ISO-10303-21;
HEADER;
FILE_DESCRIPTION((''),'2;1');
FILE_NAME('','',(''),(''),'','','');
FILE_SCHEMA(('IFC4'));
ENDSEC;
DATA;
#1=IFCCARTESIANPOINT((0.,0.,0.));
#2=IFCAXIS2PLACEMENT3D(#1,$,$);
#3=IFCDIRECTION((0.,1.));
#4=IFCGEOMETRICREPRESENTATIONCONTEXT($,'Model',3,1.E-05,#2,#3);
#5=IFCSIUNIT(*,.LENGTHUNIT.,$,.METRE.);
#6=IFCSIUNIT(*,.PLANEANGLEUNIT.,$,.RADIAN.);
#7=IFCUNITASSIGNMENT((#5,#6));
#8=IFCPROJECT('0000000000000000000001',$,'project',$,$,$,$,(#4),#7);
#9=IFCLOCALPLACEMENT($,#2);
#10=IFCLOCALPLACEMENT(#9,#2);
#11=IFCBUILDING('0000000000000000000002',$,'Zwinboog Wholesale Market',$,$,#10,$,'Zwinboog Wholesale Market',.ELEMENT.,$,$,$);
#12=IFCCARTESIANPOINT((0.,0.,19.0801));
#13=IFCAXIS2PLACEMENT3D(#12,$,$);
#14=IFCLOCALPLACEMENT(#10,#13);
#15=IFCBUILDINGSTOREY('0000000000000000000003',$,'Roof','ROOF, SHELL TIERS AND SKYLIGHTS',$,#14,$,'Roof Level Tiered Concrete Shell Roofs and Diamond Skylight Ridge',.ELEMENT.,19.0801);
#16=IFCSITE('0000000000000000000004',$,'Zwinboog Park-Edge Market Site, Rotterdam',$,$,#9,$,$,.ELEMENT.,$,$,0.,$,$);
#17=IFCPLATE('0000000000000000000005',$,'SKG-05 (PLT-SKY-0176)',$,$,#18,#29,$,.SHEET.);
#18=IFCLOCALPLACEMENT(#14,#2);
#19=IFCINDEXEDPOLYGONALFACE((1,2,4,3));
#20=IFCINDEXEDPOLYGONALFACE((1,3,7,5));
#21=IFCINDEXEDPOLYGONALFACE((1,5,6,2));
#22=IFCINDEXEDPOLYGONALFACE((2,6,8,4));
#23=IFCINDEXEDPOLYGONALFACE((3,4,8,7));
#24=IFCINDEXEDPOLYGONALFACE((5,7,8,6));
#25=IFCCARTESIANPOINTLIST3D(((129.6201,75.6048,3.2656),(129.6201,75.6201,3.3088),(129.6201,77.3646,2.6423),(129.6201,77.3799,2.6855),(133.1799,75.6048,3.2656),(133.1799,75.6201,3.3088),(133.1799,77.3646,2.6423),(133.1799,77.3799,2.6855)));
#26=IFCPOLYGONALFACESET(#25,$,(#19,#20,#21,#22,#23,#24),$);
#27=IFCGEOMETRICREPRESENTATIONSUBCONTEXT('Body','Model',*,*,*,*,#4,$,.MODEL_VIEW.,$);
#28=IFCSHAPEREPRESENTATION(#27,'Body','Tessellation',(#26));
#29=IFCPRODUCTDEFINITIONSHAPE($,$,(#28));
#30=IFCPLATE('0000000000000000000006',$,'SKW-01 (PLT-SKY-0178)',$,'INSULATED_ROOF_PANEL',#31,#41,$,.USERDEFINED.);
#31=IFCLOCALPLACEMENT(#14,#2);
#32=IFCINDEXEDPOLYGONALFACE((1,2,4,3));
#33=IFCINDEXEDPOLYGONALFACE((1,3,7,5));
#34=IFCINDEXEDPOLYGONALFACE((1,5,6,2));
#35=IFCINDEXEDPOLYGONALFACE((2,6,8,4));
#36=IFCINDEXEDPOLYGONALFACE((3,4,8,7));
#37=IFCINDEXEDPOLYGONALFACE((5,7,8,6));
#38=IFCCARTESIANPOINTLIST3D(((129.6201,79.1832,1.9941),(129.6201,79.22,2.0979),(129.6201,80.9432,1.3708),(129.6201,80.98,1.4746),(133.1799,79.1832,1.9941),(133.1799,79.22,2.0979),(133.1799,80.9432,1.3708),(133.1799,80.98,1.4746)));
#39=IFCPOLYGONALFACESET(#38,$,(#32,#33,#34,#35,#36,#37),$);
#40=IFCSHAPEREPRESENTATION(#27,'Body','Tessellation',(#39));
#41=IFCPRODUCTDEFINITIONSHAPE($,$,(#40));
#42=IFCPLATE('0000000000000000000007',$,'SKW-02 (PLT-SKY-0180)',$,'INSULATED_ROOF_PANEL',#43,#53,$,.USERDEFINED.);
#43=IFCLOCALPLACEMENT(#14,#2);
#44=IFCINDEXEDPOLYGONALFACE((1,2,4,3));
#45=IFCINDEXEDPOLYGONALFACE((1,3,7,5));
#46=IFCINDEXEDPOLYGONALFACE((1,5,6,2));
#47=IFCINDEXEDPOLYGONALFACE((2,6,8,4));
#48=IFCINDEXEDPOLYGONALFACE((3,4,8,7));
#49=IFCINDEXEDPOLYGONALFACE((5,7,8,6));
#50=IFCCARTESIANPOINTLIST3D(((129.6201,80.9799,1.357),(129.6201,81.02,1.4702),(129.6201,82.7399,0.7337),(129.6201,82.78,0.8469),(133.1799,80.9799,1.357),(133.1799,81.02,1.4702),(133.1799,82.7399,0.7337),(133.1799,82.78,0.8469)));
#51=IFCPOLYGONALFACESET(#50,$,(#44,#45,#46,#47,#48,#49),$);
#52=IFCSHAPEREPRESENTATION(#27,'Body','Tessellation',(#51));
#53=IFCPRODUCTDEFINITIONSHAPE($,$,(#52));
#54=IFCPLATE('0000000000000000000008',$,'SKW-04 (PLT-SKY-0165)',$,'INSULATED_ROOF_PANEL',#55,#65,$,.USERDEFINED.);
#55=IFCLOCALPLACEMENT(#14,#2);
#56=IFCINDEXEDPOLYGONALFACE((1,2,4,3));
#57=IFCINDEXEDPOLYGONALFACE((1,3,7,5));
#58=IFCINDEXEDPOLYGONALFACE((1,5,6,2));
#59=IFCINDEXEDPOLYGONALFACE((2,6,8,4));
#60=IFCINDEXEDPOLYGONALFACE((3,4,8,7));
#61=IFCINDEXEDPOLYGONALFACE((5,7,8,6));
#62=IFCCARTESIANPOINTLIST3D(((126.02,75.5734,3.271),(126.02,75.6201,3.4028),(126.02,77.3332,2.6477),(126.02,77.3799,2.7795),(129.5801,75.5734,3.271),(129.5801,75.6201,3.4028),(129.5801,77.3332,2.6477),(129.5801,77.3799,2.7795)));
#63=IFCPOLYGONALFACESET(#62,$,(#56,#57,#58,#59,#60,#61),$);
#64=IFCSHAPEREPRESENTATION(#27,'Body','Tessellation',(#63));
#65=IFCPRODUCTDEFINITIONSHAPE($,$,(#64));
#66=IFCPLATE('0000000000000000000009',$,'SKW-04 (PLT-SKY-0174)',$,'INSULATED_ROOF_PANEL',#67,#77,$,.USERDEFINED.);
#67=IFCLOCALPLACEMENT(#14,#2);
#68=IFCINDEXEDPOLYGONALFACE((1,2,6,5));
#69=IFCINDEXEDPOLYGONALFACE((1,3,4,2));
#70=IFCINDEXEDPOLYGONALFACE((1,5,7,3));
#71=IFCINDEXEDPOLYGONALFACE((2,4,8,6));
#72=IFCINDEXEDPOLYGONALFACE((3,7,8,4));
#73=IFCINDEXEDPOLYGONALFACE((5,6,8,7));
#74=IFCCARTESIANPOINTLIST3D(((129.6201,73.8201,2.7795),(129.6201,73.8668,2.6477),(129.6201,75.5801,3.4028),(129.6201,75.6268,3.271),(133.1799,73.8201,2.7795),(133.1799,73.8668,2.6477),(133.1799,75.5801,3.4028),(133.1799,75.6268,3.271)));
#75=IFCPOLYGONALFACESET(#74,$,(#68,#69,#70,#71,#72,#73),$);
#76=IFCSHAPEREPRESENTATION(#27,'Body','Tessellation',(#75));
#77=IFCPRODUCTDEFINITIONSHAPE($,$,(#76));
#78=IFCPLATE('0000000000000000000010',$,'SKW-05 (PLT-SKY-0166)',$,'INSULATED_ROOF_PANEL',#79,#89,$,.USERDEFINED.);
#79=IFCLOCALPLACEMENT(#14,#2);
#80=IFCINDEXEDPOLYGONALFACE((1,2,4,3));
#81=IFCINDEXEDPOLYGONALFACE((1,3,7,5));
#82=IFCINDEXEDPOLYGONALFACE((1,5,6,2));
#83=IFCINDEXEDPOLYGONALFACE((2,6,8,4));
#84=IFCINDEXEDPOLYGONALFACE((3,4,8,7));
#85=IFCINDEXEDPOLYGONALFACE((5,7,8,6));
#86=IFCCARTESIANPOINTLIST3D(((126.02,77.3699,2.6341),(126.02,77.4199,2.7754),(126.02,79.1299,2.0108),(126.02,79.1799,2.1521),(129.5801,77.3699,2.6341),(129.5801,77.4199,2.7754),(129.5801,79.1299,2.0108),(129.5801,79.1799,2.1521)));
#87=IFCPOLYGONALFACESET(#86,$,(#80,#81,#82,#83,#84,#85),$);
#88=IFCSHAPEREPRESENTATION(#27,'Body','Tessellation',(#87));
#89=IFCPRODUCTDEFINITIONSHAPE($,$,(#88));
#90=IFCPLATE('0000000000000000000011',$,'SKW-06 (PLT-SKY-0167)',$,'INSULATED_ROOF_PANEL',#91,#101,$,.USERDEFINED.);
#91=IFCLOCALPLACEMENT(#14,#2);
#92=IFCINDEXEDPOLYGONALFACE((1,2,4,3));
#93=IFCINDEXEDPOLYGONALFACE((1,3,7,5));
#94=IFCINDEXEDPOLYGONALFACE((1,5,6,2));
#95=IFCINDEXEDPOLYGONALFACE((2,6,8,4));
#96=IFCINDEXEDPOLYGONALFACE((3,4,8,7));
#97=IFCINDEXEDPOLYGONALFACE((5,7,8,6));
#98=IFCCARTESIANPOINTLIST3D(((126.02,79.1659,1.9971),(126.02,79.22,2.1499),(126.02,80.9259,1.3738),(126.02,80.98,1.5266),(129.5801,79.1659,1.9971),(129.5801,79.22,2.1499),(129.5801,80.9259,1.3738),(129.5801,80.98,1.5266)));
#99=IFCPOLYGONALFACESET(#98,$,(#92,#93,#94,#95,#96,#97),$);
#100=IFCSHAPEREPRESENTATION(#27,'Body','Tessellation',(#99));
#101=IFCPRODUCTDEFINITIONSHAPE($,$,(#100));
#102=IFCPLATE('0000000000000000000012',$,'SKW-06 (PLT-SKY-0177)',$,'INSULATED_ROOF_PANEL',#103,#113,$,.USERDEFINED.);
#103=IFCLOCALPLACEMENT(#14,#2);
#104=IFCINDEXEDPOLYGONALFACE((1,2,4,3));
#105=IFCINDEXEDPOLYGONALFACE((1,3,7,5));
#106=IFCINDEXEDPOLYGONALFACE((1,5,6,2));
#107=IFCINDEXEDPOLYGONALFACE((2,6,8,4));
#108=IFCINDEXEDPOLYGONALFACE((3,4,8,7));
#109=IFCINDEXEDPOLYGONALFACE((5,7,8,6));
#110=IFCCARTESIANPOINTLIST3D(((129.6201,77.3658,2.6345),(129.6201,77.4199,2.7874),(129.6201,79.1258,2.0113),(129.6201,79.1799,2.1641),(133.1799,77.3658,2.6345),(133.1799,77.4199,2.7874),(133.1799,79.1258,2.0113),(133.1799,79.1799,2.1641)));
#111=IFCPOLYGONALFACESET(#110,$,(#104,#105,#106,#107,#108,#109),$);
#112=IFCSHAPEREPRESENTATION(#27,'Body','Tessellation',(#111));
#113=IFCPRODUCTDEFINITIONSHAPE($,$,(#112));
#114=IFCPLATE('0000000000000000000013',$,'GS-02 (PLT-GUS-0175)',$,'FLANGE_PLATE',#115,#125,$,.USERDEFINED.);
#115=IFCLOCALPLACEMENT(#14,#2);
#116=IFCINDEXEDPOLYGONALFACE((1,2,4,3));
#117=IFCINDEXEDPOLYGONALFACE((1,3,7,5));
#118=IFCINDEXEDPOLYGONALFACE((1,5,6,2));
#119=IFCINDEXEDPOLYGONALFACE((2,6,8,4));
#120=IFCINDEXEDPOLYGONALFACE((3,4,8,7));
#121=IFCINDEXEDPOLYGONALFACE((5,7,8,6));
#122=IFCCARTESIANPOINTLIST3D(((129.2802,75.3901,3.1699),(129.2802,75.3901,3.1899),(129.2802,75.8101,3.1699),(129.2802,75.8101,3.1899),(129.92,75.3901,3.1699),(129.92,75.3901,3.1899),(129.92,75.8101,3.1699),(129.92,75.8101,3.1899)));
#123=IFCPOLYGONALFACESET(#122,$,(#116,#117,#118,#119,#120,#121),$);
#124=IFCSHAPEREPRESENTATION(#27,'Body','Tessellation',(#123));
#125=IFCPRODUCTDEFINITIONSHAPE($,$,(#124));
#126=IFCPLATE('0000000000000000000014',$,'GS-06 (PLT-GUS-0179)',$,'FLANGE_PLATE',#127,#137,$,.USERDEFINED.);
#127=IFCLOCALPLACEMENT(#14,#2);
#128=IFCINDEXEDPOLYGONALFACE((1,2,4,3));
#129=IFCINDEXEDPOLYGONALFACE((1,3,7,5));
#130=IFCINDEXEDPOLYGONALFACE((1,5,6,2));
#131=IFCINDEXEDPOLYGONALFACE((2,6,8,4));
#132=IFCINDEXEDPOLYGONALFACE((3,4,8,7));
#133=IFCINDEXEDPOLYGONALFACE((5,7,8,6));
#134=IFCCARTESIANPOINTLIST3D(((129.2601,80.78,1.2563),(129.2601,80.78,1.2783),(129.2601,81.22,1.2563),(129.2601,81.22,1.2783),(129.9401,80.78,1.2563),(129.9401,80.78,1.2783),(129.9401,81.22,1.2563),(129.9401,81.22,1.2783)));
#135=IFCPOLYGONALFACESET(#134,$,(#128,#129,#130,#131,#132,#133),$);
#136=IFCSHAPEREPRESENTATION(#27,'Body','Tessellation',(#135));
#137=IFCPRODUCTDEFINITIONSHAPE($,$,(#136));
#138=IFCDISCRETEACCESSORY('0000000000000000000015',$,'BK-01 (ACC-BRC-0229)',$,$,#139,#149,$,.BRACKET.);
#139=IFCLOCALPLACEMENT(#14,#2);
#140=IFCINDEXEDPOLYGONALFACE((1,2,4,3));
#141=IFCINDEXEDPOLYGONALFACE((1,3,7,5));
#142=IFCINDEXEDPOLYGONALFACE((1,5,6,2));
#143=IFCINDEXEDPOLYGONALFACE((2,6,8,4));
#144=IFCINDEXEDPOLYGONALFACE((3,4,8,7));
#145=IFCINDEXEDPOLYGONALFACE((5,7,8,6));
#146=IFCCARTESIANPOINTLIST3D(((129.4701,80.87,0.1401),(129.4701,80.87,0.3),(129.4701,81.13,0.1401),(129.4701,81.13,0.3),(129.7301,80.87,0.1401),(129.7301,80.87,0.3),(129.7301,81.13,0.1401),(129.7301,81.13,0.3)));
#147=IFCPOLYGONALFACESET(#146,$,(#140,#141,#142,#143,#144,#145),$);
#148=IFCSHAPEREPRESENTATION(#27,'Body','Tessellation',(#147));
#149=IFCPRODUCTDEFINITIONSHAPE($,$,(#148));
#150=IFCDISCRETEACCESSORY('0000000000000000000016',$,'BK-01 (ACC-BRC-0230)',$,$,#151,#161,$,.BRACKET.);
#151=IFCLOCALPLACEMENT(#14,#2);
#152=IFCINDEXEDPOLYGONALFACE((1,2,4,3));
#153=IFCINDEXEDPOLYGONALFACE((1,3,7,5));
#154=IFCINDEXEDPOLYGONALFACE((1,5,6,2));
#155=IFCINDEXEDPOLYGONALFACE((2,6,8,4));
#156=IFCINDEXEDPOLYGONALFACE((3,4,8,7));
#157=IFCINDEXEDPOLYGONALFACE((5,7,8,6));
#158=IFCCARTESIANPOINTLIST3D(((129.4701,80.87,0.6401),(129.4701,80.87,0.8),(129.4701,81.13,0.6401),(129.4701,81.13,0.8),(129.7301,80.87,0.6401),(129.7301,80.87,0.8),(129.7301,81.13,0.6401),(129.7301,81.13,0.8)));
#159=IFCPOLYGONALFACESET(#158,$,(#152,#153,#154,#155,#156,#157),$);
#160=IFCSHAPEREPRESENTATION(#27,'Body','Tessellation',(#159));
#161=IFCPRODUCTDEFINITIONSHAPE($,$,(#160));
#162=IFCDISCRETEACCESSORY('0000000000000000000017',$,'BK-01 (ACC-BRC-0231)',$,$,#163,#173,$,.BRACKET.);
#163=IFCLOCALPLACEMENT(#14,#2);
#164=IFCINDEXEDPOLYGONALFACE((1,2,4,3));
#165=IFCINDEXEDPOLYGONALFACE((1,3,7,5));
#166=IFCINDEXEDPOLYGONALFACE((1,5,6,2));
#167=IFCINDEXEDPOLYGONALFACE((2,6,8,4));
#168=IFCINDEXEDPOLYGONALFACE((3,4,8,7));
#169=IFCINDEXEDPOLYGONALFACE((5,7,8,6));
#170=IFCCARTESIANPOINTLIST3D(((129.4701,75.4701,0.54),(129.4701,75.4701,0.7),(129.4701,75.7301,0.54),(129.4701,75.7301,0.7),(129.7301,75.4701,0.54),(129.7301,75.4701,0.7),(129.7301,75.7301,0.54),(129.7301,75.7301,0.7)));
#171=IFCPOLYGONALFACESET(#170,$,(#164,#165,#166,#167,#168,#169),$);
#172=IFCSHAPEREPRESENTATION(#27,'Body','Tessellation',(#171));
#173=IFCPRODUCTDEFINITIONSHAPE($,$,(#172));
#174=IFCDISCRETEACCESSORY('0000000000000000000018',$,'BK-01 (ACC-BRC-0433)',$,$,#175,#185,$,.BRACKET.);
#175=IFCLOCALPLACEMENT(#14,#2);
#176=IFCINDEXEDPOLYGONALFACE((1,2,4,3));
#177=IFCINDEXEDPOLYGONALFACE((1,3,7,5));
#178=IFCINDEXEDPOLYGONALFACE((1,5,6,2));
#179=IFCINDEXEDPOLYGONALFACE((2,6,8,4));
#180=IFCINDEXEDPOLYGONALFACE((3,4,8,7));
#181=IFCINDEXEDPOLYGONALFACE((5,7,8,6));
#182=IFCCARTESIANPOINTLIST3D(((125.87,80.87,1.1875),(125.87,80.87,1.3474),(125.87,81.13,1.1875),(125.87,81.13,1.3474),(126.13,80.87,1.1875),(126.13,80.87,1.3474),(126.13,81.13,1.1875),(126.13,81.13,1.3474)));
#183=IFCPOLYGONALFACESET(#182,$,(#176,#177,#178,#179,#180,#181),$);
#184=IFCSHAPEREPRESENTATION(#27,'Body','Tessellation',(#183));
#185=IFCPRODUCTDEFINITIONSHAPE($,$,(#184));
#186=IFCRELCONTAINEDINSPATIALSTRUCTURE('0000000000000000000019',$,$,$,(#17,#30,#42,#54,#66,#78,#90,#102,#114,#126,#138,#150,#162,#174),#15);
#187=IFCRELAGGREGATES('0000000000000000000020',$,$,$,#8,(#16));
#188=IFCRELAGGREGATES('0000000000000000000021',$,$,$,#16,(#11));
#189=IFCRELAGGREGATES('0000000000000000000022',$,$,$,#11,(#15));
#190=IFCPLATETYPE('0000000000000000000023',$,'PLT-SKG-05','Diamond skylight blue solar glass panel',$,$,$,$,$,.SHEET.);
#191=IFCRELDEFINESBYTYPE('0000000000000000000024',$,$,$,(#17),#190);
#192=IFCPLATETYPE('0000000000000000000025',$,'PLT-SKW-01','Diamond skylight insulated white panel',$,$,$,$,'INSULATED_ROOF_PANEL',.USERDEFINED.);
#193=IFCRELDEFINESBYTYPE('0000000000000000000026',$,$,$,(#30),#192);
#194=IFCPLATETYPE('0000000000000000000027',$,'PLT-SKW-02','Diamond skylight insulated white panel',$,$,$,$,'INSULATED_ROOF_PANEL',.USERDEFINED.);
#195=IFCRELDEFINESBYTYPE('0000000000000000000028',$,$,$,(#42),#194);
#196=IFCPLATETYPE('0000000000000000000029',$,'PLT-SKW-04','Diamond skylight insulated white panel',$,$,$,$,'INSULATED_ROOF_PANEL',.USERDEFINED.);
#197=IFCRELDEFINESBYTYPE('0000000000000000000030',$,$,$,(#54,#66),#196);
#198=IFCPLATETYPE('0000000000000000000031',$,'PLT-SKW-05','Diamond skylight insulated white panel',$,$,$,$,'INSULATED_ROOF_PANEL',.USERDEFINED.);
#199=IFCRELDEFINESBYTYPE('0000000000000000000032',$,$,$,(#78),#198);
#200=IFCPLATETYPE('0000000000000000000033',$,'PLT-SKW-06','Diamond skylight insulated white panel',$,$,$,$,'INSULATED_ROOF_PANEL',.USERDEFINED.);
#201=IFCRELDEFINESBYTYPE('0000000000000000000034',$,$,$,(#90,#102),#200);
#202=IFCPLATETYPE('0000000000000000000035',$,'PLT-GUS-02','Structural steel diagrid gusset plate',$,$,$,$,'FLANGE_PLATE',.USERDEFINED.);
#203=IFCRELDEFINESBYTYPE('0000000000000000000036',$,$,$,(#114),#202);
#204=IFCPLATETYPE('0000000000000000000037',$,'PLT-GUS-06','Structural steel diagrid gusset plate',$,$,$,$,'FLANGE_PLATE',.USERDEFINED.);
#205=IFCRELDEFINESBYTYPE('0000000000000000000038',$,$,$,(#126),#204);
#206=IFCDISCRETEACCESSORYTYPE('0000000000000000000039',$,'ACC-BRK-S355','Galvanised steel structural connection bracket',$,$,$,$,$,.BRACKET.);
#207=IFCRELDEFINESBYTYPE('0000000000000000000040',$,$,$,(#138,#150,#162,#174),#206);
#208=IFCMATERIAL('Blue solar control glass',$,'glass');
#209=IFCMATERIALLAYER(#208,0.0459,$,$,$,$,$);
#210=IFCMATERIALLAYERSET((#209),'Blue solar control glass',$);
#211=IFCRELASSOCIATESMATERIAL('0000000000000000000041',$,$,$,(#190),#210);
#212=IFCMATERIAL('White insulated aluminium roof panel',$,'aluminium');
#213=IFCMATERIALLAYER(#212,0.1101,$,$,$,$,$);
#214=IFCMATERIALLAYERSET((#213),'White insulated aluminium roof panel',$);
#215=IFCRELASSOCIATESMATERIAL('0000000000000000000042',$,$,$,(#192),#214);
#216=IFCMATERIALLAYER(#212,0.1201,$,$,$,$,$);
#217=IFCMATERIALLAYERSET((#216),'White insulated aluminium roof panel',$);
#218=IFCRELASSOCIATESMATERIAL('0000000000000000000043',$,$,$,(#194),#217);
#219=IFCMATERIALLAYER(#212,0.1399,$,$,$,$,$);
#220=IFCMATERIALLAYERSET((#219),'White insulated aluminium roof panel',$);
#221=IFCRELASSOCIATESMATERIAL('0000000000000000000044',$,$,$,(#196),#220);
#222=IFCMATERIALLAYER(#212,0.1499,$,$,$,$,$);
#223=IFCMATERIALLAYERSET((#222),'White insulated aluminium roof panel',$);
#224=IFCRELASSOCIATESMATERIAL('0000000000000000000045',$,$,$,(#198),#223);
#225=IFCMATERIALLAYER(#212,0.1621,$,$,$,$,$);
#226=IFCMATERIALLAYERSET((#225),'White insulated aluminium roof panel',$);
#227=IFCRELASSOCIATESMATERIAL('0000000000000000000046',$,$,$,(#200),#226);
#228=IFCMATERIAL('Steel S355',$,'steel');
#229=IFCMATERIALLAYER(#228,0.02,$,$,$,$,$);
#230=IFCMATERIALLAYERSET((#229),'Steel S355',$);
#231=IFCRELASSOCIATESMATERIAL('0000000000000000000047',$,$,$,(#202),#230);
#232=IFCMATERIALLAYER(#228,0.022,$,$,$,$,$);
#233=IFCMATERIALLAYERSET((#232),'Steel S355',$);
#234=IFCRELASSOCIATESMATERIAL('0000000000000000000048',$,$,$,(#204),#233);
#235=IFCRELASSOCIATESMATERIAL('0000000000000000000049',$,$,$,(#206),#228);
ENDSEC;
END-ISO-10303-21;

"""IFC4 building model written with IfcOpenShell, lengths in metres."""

from ifc_helpers import new_model, si_unit, direction, frame, origin, origin_2d, place, context, subcontext, project, spatial, polyline, rectangle, outline, extrude, material, layer, layer_set, type_object, element, save


model = new_model("IFC4")

# Units and contexts
model_context = context("Model", 3, precision=1e-05, world=origin(), true_north=direction((0.0, 1.0)))
body_context = subcontext(model_context, "Body", "Model", "MODEL_VIEW")
ifc_project = project(units=[si_unit("LENGTHUNIT", "METRE"), si_unit("PLANEANGLEUNIT", "RADIAN")], contexts=[model_context])

# Site, building, storey
site_placement = place(None, origin())
site = spatial("IfcSite", under=ifc_project, at=site_placement, Name="Zwinboog Park-Edge Market Site, Rotterdam", CompositionType="ELEMENT", RefElevation=0.0)
building_placement = place(site_placement, origin())
building = spatial("IfcBuilding", under=site, at=building_placement, Name="Zwinboog Wholesale Market", LongName="Zwinboog Wholesale Market", CompositionType="ELEMENT")
storey_placement = place(building_placement, frame((0.0, 0.0, 19.0801)))
storey = spatial("IfcBuildingStorey", under=building, at=storey_placement, Name="Roof", Description="ROOF, SHELL TIERS AND SKYLIGHTS", LongName="Roof Level Tiered Concrete Shell Roofs and Diamond Skylight Ridge", CompositionType="ELEMENT", Elevation=19.0801)

# Shared definitions
ifc_material_1 = material(Name="Steel S355", Category="steel")

# Plates
ifc_material_2 = material(Name="Blue solar control glass", Category="glass")
ifc_layer_1 = layer(ifc_material_2, 0.0459)
ifc_layer_set_1 = layer_set([ifc_layer_1], Name="Blue solar control glass")
plate_type_1 = type_object("IfcPlateType", Name="PLT-SKG-05", Description="Diamond skylight blue solar glass panel", PredefinedType="SHEET", material=ifc_layer_set_1)
plate_1_placement = place(storey_placement, frame((129.6201, 75.6201, 3.3088), z_axis=(0.0, 0.333867, 0.94262), x_axis=(1.0, 0.0, 0.0)))
element("IfcPlate", 1, at=plate_1_placement, inside=storey, type_object=plate_type_1, Name="SKG-05 (PLT-SKY-0176)", PredefinedType="SHEET", context=body_context, shape_type="SweptSolid", body=[
    extrude(outline(polyline([(0.0, 0.0), (3.5598, 0.0), (3.5598, 1.8669), (0.0, 1.8669), (0.0, 0.0)])), origin(), (0.0, 0.0, -1.0), 0.0459),
])
ifc_material_3 = material(Name="White insulated aluminium roof panel", Category="aluminium")
ifc_layer_2 = layer(ifc_material_3, 0.1101)
ifc_layer_set_2 = layer_set([ifc_layer_2], Name="White insulated aluminium roof panel")
plate_type_2 = type_object("IfcPlateType", Name="PLT-SKW-01", Description="Diamond skylight insulated white panel", ElementType="INSULATED_ROOF_PANEL", PredefinedType="USERDEFINED", material=ifc_layer_set_2)
plate_2_placement = place(storey_placement, frame((129.6201, 79.22, 2.0979), z_axis=(0.0, 0.333825, 0.942635), x_axis=(1.0, 0.0, 0.0)))
element("IfcPlate", 2, at=plate_2_placement, inside=storey, type_object=plate_type_2, Name="SKW-01 (PLT-SKY-0178)", ObjectType="INSULATED_ROOF_PANEL", PredefinedType="USERDEFINED", context=body_context, shape_type="SweptSolid", body=[
    extrude(outline(polyline([(0.0, 0.0), (3.5598, 0.0), (3.5598, 1.8671), (0.0, 1.8671), (0.0, 0.0)])), origin(), (0.0, 0.0, -1.0), 0.1101),
])
ifc_layer_3 = layer(ifc_material_3, 0.1201)
ifc_layer_set_3 = layer_set([ifc_layer_3], Name="White insulated aluminium roof panel")
plate_type_3 = type_object("IfcPlateType", Name="PLT-SKW-02", Description="Diamond skylight insulated white panel", ElementType="INSULATED_ROOF_PANEL", PredefinedType="USERDEFINED", material=ifc_layer_set_3)
plate_3_placement = place(storey_placement, frame((129.6201, 81.02, 1.4702), z_axis=(0.0, 0.333825, 0.942635), x_axis=(1.0, 0.0, 0.0)))
element("IfcPlate", 3, at=plate_3_placement, inside=storey, type_object=plate_type_3, Name="SKW-02 (PLT-SKY-0180)", ObjectType="INSULATED_ROOF_PANEL", PredefinedType="USERDEFINED", context=body_context, shape_type="SweptSolid", body=[
    extrude(outline(polyline([(0.0, 0.0), (3.5598, 0.0), (3.5598, 1.8671), (0.0, 1.8671), (0.0, 0.0)])), origin(), (0.0, 0.0, -1.0), 0.1201),
])
ifc_layer_4 = layer(ifc_material_3, 0.1399)
ifc_layer_set_4 = layer_set([ifc_layer_4], Name="White insulated aluminium roof panel")
plate_type_4 = type_object("IfcPlateType", Name="PLT-SKW-04", Description="Diamond skylight insulated white panel", ElementType="INSULATED_ROOF_PANEL", PredefinedType="USERDEFINED", material=ifc_layer_set_4)
plate_4_placement = place(storey_placement, frame((126.02, 75.6201, 3.4028), z_axis=(0.0, 0.333867, 0.94262), x_axis=(1.0, 0.0, 0.0)))
element("IfcPlate", 4, at=plate_4_placement, inside=storey, type_object=plate_type_4, Name="SKW-04 (PLT-SKY-0165)", ObjectType="INSULATED_ROOF_PANEL", PredefinedType="USERDEFINED", context=body_context, shape_type="SweptSolid", body=[
    extrude(outline(polyline([(0.0, 0.0), (3.5601, 0.0), (3.5601, 1.8669), (0.0, 1.8669), (0.0, 0.0)])), origin(), (0.0, 0.0, -1.0), 0.1399),
])
plate_5_placement = place(storey_placement, frame((129.6201, 73.8201, 2.7795), z_axis=(0.0, -0.333825, 0.942635), x_axis=(1.0, 0.0, 0.0)))
element("IfcPlate", 5, at=plate_5_placement, inside=storey, type_object=plate_type_4, Name="SKW-04 (PLT-SKY-0174)", ObjectType="INSULATED_ROOF_PANEL", PredefinedType="USERDEFINED", context=body_context, shape_type="SweptSolid", body=[
    extrude(outline(polyline([(0.0, 0.0), (3.5598, 0.0), (3.5598, 1.8671), (0.0, 1.8671), (0.0, 0.0)])), origin(), (0.0, 0.0, -1.0), 0.1399),
])
ifc_layer_5 = layer(ifc_material_3, 0.1499)
ifc_layer_set_5 = layer_set([ifc_layer_5], Name="White insulated aluminium roof panel")
plate_type_5 = type_object("IfcPlateType", Name="PLT-SKW-05", Description="Diamond skylight insulated white panel", ElementType="INSULATED_ROOF_PANEL", PredefinedType="USERDEFINED", material=ifc_layer_set_5)
plate_6_placement = place(storey_placement, frame((126.02, 77.4199, 2.7754), z_axis=(0.0, 0.333825, 0.942635), x_axis=(1.0, 0.0, 0.0)))
element("IfcPlate", 6, at=plate_6_placement, inside=storey, type_object=plate_type_5, Name="SKW-05 (PLT-SKY-0166)", ObjectType="INSULATED_ROOF_PANEL", PredefinedType="USERDEFINED", context=body_context, shape_type="SweptSolid", body=[
    extrude(outline(polyline([(0.0, 0.0), (3.5601, 0.0), (3.5601, 1.8671), (0.0, 1.8671), (0.0, 0.0)])), origin(), (0.0, 0.0, -1.0), 0.1499),
])
ifc_layer_6 = layer(ifc_material_3, 0.1621)
ifc_layer_set_6 = layer_set([ifc_layer_6], Name="White insulated aluminium roof panel")
plate_type_6 = type_object("IfcPlateType", Name="PLT-SKW-06", Description="Diamond skylight insulated white panel", ElementType="INSULATED_ROOF_PANEL", PredefinedType="USERDEFINED", material=ifc_layer_set_6)
plate_7_placement = place(storey_placement, frame((126.02, 79.22, 2.1499), z_axis=(0.0, 0.333825, 0.942635), x_axis=(1.0, 0.0, 0.0)))
element("IfcPlate", 7, at=plate_7_placement, inside=storey, type_object=plate_type_6, Name="SKW-06 (PLT-SKY-0167)", ObjectType="INSULATED_ROOF_PANEL", PredefinedType="USERDEFINED", context=body_context, shape_type="SweptSolid", body=[
    extrude(outline(polyline([(0.0, 0.0), (3.5601, 0.0), (3.5601, 1.8671), (0.0, 1.8671), (0.0, 0.0)])), origin(), (0.0, 0.0, -1.0), 0.1621),
])
plate_8_placement = place(storey_placement, frame((129.6201, 77.4199, 2.7874), z_axis=(0.0, 0.333825, 0.942635), x_axis=(1.0, 0.0, 0.0)))
element("IfcPlate", 8, at=plate_8_placement, inside=storey, type_object=plate_type_6, Name="SKW-06 (PLT-SKY-0177)", ObjectType="INSULATED_ROOF_PANEL", PredefinedType="USERDEFINED", context=body_context, shape_type="SweptSolid", body=[
    extrude(outline(polyline([(0.0, 0.0), (3.5598, 0.0), (3.5598, 1.8671), (0.0, 1.8671), (0.0, 0.0)])), origin(), (0.0, 0.0, -1.0), 0.1621),
])
ifc_layer_7 = layer(ifc_material_1, 0.02)
ifc_layer_set_7 = layer_set([ifc_layer_7], Name="Steel S355")
plate_type_7 = type_object("IfcPlateType", Name="PLT-GUS-02", Description="Structural steel diagrid gusset plate", ElementType="FLANGE_PLATE", PredefinedType="USERDEFINED", material=ifc_layer_set_7)
plate_9_placement = place(storey_placement, frame((129.6001, 75.6001, 3.1699), z_axis=(0.0, 0.0, 1.0), x_axis=(1.0, 0.0, 0.0)))
element("IfcPlate", 9, at=plate_9_placement, inside=storey, type_object=plate_type_7, Name="GS-02 (PLT-GUS-0175)", ObjectType="FLANGE_PLATE", PredefinedType="USERDEFINED", context=body_context, shape_type="SweptSolid", body=[
    extrude(rectangle(XDim=0.6399, YDim=0.4199, at=origin_2d()), origin(), (0.0, 0.0, 1.0), 0.02),
])
ifc_layer_8 = layer(ifc_material_1, 0.022)
ifc_layer_set_8 = layer_set([ifc_layer_8], Name="Steel S355")
plate_type_8 = type_object("IfcPlateType", Name="PLT-GUS-06", Description="Structural steel diagrid gusset plate", ElementType="FLANGE_PLATE", PredefinedType="USERDEFINED", material=ifc_layer_set_8)
plate_10_placement = place(storey_placement, frame((129.6001, 81.0, 1.2563), z_axis=(0.0, 0.0, 1.0), x_axis=(1.0, 0.0, 0.0)))
element("IfcPlate", 10, at=plate_10_placement, inside=storey, type_object=plate_type_8, Name="GS-06 (PLT-GUS-0179)", ObjectType="FLANGE_PLATE", PredefinedType="USERDEFINED", context=body_context, shape_type="SweptSolid", body=[
    extrude(rectangle(XDim=0.6799, YDim=0.4399, at=origin_2d()), origin(), (0.0, 0.0, 1.0), 0.022),
])

# Discrete accessories
discrete_accessory_type = type_object("IfcDiscreteAccessoryType", Name="ACC-BRK-S355", Description="Galvanised steel structural connection bracket", PredefinedType="BRACKET", material=ifc_material_1)
for number, where, z_axis, x_axis, name in (
    (11, (129.6001, 81.0, 0.1401), (0.0, 0.0, 1.0), (1.0, 0.0, 0.0), "BK-01 (ACC-BRC-0229)"),
    (12, (129.6001, 81.0, 0.6401), (0.0, 0.0, 1.0), (1.0, 0.0, 0.0), "BK-01 (ACC-BRC-0230)"),
    (13, (129.6001, 75.6001, 0.54), (0.0, 0.0, 1.0), (1.0, 0.0, 0.0), "BK-01 (ACC-BRC-0231)"),
    (14, (126.0, 81.0, 1.1875), (0.0, 0.0, 1.0), (1.0, 0.0, 0.0), "BK-01 (ACC-BRC-0433)"),
):
    element("IfcDiscreteAccessory", number, at=place(storey_placement, frame(where, z_axis=z_axis, x_axis=x_axis)), inside=storey, type_object=discrete_accessory_type, Name=name, PredefinedType="BRACKET", context=body_context, shape_type="SweptSolid", body=[
        extrude(rectangle(XDim=0.26, YDim=0.26, at=origin_2d()), origin(), (0.0, 0.0, 1.0), 0.1599),
    ])

save(model, "model.ifc")
